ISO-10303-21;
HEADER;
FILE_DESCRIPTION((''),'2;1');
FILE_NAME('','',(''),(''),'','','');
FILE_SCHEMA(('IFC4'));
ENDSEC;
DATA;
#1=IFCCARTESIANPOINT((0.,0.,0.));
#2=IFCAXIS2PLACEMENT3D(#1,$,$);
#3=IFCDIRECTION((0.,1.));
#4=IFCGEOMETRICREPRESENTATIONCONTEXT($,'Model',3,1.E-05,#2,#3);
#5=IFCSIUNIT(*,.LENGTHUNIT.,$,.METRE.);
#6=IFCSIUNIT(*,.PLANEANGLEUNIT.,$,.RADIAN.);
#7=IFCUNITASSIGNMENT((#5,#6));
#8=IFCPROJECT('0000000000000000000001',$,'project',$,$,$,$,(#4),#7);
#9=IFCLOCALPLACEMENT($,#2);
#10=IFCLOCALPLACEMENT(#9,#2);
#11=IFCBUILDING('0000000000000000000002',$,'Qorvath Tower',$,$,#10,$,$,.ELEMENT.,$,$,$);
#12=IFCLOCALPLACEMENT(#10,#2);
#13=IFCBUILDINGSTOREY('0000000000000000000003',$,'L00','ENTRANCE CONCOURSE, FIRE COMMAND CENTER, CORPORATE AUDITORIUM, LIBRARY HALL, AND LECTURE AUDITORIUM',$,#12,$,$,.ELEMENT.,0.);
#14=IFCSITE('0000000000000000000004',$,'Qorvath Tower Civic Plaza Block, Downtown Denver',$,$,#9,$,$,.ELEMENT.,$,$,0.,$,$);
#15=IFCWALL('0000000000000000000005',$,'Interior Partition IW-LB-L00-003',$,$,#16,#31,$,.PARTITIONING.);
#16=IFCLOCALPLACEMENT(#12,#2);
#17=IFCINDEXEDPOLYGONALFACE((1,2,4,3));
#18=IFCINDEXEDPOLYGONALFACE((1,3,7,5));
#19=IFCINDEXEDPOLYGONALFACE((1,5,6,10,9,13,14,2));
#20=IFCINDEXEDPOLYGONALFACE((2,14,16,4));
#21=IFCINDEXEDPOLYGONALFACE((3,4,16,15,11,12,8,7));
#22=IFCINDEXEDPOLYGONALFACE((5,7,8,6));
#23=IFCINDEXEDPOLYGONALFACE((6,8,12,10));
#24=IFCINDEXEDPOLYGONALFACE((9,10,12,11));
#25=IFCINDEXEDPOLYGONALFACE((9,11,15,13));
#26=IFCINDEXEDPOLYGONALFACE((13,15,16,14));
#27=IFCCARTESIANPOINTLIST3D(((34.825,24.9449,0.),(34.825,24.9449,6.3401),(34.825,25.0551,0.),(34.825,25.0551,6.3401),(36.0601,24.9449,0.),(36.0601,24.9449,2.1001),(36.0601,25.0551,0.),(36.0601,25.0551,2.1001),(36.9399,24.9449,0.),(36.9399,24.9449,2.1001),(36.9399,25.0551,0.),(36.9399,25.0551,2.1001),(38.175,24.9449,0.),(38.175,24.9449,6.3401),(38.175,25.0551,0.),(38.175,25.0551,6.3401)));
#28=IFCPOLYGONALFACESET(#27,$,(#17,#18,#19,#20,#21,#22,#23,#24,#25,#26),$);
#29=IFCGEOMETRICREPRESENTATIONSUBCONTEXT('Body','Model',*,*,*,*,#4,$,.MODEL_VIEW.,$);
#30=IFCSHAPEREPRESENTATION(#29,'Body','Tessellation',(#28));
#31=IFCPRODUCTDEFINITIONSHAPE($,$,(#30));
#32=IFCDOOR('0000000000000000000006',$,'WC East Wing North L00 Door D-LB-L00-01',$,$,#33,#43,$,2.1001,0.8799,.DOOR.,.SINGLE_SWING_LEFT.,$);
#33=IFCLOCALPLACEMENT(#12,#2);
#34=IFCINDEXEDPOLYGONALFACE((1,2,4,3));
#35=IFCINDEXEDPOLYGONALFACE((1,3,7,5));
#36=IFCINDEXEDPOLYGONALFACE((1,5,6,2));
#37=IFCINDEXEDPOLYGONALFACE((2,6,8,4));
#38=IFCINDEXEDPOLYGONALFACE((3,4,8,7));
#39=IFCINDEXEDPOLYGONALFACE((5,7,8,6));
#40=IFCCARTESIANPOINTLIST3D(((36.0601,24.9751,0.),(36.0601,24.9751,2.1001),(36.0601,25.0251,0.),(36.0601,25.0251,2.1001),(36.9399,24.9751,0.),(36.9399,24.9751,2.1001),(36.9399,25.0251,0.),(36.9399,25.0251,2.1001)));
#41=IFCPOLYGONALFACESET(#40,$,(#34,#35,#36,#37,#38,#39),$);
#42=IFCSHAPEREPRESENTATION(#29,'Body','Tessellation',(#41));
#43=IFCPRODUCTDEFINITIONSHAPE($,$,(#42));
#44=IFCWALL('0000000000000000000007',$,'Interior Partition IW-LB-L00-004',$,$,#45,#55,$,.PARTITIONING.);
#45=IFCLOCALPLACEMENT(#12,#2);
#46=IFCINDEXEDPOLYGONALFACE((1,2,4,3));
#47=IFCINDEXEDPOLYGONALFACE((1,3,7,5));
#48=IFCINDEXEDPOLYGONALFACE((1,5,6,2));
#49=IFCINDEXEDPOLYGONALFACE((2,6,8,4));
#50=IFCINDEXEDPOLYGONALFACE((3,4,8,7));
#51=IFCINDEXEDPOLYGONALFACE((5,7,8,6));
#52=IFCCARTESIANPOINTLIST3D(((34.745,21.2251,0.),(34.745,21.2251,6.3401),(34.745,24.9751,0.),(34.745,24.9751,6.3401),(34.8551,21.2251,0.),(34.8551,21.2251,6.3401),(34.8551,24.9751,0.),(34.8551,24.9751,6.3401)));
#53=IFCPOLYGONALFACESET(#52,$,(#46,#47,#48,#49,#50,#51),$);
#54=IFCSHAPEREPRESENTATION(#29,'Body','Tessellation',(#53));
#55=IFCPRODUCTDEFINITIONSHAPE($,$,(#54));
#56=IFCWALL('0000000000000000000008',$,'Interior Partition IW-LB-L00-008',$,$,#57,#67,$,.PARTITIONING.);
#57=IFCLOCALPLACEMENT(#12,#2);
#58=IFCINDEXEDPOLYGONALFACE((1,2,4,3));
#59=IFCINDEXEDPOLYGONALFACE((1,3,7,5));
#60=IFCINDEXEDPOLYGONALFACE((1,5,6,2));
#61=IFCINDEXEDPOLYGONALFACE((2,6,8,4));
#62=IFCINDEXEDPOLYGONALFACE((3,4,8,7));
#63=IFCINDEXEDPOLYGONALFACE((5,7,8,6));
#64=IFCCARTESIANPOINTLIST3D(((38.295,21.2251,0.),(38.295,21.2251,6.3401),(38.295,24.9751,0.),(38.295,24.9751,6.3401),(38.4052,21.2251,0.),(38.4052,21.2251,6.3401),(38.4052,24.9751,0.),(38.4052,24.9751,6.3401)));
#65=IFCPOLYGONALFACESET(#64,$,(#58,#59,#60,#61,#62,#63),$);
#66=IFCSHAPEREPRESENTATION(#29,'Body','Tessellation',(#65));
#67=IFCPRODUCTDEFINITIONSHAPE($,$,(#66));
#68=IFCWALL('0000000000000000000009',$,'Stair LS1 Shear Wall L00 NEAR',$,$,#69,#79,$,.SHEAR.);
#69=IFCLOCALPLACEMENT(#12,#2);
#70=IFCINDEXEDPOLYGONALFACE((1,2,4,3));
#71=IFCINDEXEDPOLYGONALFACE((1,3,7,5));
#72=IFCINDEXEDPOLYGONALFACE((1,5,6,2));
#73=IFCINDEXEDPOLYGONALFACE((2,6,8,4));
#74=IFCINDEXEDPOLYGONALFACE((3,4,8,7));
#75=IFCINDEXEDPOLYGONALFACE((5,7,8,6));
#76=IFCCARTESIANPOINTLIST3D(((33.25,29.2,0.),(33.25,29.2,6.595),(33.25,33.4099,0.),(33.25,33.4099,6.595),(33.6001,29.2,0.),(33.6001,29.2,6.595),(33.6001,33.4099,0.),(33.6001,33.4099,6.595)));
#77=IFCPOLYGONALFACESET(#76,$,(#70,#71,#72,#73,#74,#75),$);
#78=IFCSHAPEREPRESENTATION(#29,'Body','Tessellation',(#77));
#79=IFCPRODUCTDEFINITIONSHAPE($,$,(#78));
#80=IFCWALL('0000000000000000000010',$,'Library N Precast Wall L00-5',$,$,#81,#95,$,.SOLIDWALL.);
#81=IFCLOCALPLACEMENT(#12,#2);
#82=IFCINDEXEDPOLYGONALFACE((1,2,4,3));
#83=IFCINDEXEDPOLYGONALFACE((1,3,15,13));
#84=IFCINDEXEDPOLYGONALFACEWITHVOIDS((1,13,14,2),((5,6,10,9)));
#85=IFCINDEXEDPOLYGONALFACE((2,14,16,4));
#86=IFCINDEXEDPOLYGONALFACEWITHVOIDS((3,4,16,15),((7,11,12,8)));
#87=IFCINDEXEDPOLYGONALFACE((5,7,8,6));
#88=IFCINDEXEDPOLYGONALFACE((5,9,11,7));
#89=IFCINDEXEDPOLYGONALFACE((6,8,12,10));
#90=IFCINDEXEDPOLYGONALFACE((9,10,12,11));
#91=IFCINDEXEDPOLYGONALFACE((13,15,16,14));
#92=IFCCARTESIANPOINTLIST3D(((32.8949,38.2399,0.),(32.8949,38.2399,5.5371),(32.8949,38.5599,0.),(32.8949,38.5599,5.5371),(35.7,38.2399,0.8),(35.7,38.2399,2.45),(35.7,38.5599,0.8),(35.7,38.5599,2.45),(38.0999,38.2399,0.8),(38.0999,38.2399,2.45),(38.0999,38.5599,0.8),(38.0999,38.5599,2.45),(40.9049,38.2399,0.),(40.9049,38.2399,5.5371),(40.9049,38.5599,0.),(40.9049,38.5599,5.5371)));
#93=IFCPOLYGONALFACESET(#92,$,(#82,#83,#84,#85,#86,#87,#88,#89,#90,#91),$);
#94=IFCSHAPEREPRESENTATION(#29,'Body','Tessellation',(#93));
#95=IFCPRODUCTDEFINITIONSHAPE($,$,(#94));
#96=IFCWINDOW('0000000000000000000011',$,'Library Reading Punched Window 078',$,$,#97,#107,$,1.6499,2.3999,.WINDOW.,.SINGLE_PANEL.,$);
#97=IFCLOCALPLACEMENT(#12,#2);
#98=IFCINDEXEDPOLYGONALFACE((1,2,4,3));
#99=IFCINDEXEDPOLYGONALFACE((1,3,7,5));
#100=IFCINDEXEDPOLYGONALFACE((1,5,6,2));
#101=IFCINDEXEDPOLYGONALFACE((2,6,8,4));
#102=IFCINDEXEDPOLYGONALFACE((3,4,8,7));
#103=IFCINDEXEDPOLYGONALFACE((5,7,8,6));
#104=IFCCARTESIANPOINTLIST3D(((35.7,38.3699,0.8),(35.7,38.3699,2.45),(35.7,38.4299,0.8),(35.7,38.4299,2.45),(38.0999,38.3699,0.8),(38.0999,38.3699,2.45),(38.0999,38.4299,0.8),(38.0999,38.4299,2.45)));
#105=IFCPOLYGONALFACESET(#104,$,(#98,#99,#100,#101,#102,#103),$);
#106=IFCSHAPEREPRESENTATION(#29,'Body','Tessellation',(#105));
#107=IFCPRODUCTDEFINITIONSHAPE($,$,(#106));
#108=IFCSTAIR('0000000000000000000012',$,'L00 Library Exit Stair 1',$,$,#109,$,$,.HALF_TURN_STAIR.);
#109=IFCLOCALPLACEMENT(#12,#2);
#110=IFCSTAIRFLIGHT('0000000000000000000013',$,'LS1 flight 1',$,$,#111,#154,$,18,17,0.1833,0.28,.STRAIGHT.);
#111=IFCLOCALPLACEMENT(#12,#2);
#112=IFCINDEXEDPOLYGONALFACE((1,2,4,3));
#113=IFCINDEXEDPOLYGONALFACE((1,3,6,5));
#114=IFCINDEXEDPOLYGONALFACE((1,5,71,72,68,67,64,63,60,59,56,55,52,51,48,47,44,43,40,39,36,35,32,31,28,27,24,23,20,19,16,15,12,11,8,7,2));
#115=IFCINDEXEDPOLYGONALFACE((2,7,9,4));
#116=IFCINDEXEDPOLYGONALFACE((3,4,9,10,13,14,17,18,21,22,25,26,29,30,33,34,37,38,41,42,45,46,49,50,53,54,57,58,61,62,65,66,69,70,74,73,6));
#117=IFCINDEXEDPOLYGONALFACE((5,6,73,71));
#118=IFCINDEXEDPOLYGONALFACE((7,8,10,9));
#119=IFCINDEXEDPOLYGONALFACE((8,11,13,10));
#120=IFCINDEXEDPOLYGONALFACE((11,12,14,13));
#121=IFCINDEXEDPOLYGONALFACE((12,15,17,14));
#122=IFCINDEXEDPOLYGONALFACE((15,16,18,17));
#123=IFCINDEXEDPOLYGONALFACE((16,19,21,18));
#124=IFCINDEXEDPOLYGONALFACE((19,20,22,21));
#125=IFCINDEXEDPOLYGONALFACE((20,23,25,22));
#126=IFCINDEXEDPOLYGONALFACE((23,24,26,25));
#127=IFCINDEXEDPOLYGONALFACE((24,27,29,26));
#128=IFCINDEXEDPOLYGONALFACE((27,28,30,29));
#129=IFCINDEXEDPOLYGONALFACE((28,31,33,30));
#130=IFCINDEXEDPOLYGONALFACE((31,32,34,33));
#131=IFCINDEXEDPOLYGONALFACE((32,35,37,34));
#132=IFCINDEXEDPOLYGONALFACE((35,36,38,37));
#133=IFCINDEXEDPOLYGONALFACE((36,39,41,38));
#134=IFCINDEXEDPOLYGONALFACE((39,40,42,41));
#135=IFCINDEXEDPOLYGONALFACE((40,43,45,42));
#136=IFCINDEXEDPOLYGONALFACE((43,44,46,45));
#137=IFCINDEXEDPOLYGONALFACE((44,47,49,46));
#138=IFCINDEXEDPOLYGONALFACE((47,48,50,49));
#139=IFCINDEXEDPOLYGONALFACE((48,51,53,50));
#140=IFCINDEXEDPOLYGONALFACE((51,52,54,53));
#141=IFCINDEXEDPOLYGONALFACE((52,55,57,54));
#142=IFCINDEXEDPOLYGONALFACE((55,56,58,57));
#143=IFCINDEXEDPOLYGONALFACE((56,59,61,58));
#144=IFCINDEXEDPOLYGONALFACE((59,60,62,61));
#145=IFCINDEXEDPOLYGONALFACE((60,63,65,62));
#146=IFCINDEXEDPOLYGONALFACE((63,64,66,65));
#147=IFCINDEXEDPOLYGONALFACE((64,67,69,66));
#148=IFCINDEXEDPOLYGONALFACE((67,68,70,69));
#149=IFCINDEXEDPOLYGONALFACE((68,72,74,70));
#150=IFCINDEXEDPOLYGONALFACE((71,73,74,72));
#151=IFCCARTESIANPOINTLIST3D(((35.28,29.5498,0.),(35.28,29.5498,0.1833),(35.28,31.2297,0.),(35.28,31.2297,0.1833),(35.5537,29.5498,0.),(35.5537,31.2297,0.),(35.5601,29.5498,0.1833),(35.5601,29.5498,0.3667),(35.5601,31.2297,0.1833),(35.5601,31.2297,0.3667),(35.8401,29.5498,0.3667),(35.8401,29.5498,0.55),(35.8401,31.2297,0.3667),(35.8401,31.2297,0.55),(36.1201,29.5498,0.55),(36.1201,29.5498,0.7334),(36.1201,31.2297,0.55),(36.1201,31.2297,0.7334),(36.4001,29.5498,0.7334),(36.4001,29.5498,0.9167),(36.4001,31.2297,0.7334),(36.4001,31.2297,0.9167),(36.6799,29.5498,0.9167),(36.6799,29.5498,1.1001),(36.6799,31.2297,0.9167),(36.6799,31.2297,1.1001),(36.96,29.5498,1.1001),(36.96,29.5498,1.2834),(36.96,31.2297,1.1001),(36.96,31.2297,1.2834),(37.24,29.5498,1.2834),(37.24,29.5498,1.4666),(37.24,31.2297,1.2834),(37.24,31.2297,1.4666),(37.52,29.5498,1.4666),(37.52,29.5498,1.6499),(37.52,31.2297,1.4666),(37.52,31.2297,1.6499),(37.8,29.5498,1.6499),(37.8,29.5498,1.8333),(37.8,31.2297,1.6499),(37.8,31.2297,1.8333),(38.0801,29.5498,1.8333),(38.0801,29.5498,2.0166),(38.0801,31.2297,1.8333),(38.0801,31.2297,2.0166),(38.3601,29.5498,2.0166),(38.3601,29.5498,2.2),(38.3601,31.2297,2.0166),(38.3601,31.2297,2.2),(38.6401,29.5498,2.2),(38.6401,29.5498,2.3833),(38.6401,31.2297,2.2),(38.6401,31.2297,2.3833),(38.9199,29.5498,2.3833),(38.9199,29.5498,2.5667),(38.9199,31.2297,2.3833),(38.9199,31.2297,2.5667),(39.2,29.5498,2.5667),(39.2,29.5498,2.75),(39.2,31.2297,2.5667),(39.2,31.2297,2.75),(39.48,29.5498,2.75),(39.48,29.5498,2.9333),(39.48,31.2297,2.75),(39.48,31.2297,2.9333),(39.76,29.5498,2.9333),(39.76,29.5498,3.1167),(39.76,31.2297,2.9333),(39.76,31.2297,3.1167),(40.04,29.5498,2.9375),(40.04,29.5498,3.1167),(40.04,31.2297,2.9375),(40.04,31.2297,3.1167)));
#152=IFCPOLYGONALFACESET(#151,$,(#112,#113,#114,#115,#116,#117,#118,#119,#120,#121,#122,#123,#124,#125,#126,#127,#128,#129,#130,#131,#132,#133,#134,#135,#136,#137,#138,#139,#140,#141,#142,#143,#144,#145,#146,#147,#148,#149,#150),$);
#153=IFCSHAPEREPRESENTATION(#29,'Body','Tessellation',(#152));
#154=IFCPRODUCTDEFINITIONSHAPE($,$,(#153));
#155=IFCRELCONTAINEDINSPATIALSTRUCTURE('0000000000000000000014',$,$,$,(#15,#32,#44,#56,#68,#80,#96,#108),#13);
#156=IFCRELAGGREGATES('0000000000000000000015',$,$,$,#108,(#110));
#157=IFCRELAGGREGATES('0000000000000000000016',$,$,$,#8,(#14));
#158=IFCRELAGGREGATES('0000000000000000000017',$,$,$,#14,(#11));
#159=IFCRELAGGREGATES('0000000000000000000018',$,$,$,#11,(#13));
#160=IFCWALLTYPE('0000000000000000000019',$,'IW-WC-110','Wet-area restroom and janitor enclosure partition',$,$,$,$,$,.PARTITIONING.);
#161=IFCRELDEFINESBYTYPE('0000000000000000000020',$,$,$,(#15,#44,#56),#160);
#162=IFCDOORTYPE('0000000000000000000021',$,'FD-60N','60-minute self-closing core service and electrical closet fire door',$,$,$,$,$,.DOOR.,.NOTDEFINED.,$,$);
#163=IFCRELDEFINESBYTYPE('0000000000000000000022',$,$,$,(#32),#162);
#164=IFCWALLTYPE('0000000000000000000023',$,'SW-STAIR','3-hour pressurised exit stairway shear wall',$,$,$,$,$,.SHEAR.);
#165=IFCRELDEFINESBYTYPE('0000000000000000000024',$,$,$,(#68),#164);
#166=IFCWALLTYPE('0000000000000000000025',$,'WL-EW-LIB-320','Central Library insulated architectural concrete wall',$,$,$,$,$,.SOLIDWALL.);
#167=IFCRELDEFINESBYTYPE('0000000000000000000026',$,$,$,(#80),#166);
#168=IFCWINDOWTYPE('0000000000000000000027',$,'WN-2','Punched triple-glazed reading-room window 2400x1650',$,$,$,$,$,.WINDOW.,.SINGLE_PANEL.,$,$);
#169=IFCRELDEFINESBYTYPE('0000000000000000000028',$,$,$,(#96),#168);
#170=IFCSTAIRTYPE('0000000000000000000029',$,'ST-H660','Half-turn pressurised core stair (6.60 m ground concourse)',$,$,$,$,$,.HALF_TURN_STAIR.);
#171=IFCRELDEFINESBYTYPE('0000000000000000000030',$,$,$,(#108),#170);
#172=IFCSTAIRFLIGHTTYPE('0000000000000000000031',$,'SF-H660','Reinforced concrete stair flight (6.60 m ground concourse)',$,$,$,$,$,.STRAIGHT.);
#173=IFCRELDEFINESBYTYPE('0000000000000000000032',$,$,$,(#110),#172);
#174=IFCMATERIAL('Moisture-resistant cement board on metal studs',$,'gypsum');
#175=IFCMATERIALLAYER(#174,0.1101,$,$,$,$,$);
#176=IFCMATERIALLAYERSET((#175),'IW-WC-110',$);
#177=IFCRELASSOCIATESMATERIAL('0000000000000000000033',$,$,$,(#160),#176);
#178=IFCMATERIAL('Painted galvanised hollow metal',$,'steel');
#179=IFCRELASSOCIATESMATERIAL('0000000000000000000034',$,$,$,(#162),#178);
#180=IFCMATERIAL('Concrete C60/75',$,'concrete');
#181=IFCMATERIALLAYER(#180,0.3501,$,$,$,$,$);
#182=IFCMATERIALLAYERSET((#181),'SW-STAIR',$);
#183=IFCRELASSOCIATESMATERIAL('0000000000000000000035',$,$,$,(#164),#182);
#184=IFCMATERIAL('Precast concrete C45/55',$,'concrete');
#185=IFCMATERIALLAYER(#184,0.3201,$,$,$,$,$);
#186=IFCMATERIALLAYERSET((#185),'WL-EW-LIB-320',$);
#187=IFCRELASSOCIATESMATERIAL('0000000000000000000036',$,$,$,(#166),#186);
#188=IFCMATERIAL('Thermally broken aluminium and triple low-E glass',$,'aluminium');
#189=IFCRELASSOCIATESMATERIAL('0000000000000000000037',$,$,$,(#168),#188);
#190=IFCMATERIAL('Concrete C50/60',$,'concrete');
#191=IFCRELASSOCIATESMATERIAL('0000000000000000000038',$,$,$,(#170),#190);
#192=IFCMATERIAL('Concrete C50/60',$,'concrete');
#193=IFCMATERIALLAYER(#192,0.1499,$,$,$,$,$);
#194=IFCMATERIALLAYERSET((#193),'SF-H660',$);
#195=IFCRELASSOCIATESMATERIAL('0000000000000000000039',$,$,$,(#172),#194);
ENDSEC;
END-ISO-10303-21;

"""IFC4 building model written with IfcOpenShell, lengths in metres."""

from ifc_helpers import new_model, si_unit, direction, frame, frame_2d, origin, place, context, subcontext, project, spatial, polyline, rectangle, outline, extrude, material, layer, layer_set, type_object, element, fill, aggregate, save


model = new_model("IFC4")

# Units and contexts
model_context = context("Model", 3, precision=1e-05, world=origin(), true_north=direction((0.0, 1.0)))
body_context = subcontext(model_context, "Body", "Model", "MODEL_VIEW")
ifc_project = project(units=[si_unit("LENGTHUNIT", "METRE"), si_unit("PLANEANGLEUNIT", "RADIAN")], contexts=[model_context])

# Site, building, storey
site_placement = place(None, origin())
site = spatial("IfcSite", under=ifc_project, at=site_placement, Name="Qorvath Tower Civic Plaza Block, Downtown Denver", CompositionType="ELEMENT", RefElevation=0.0)
building_placement = place(site_placement, origin())
building = spatial("IfcBuilding", under=site, at=building_placement, Name="Qorvath Tower", CompositionType="ELEMENT")
storey_placement = place(building_placement, origin())
storey = spatial("IfcBuildingStorey", under=building, at=storey_placement, Name="L00", Description="ENTRANCE CONCOURSE, FIRE COMMAND CENTER, CORPORATE AUDITORIUM, LIBRARY HALL, AND LECTURE AUDITORIUM", CompositionType="ELEMENT", Elevation=0.0)

# Wall, opening, door
ifc_material_1 = material(Name="Moisture-resistant cement board on metal studs", Category="gypsum")
ifc_layer_1 = layer(ifc_material_1, 0.1101)
ifc_layer_set_1 = layer_set([ifc_layer_1], Name="IW-WC-110")
wall_type_1 = type_object("IfcWallType", Name="IW-WC-110", Description="Wet-area restroom and janitor enclosure partition", PredefinedType="PARTITIONING", material=ifc_layer_set_1)
wall_1_placement = place(storey_placement, frame((38.175, 25.0, 0.0), z_axis=(0.0, 0.0, 1.0), x_axis=(-1.0, 0.0, 0.0)))
wall_1 = element("IfcWall", 1, at=wall_1_placement, inside=storey, type_object=wall_type_1, Name="Interior Partition IW-LB-L00-003", PredefinedType="PARTITIONING", context=body_context, shape_type="SweptSolid", body=[
    extrude(rectangle(XDim=3.3501, YDim=0.1101, at=frame_2d((1.675, 0.0))), origin(), (0.0, 0.0, 1.0), 6.3401),
])
opening_1_placement = place(wall_1_placement, frame((1.2351, 0.0, 0.0)))
opening_1 = element("IfcOpeningElement", 2, at=opening_1_placement, cuts=wall_1, PredefinedType="OPENING", context=body_context, shape_type="SweptSolid", body=[
    extrude(rectangle(XDim=0.8799, YDim=2.1001, at=frame_2d((0.4399, 1.05))), frame((0.0, 0.0649, 0.0), z_axis=(0.0, -1.0, 0.0), x_axis=(1.0, 0.0, 0.0)), (0.0, 0.0, 1.0), 0.1301),
])
ifc_material_2 = material(Name="Painted galvanised hollow metal", Category="steel")
door_type = type_object("IfcDoorType", Name="FD-60N", Description="60-minute self-closing core service and electrical closet fire door", OperationType="NOTDEFINED", PredefinedType="DOOR", material=ifc_material_2)
door_placement = place(opening_1_placement, origin())
door = element("IfcDoor", 3, at=door_placement, inside=storey, type_object=door_type, Name="WC East Wing North L00 Door D-LB-L00-01", OperationType="SINGLE_SWING_LEFT", OverallHeight=2.1001, OverallWidth=0.8799, PredefinedType="DOOR", context=body_context, shape_type="SweptSolid", body=[
    extrude(rectangle(XDim=0.8799, YDim=2.1001, at=frame_2d((0.4399, 1.05))), frame((0.0, 0.0249, 0.0), z_axis=(0.0, -1.0, 0.0), x_axis=(1.0, 0.0, 0.0)), (0.0, 0.0, 1.0), 0.05),
])
fill(opening_1, door)

# Walls
for number, where, z_axis, x_axis, name in (
    (4, (34.8, 24.9751, 0.0), (0.0, 0.0, 1.0), (0.0, -1.0, 0.0), "Interior Partition IW-LB-L00-004"),
    (5, (38.3501, 24.9751, 0.0), (0.0, 0.0, 1.0), (0.0, -1.0, 0.0), "Interior Partition IW-LB-L00-008"),
):
    element("IfcWall", number, at=place(storey_placement, frame(where, z_axis=z_axis, x_axis=x_axis)), inside=storey, type_object=wall_type_1, Name=name, PredefinedType="PARTITIONING", context=body_context, shape_type="SweptSolid", body=[
        extrude(rectangle(XDim=3.75, YDim=0.1101, at=frame_2d((1.875, 0.0))), origin(), (0.0, 0.0, 1.0), 6.3401),
    ])
ifc_material_3 = material(Name="Concrete C60/75", Category="concrete")
ifc_layer_2 = layer(ifc_material_3, 0.3501)
ifc_layer_set_2 = layer_set([ifc_layer_2], Name="SW-STAIR")
wall_type_2 = type_object("IfcWallType", Name="SW-STAIR", Description="3-hour pressurised exit stairway shear wall", PredefinedType="SHEAR", material=ifc_layer_set_2)
wall_2_placement = place(storey_placement, frame((33.425, 33.4099, 0.0), z_axis=(0.0, 0.0, 1.0), x_axis=(0.0, -1.0, 0.0)))
element("IfcWall", 6, at=wall_2_placement, inside=storey, type_object=wall_type_2, Name="Stair LS1 Shear Wall L00 NEAR", PredefinedType="SHEAR", context=body_context, shape_type="SweptSolid", body=[
    extrude(rectangle(XDim=4.21, YDim=0.3501, at=frame_2d((2.105, 0.0))), origin(), (0.0, 0.0, 1.0), 6.595),
])

# Wall, opening, window
ifc_material_4 = material(Name="Precast concrete C45/55", Category="concrete")
ifc_layer_3 = layer(ifc_material_4, 0.3201)
ifc_layer_set_3 = layer_set([ifc_layer_3], Name="WL-EW-LIB-320")
wall_type_3 = type_object("IfcWallType", Name="WL-EW-LIB-320", Description="Central Library insulated architectural concrete wall", PredefinedType="SOLIDWALL", material=ifc_layer_set_3)
wall_3_placement = place(storey_placement, frame((32.895, 38.3999, 0.0), z_axis=(0.0, 0.0, 1.0), x_axis=(1.0, 0.0, 0.0)))
wall_3 = element("IfcWall", 7, at=wall_3_placement, inside=storey, type_object=wall_type_3, Name="Library N Precast Wall L00-5", PredefinedType="SOLIDWALL", context=body_context, shape_type="SweptSolid", body=[
    extrude(rectangle(XDim=8.01, YDim=0.3201, at=frame_2d((4.0049, 0.0))), origin(), (0.0, 0.0, 1.0), 5.5371),
])
opening_2_placement = place(wall_3_placement, frame((2.8049, 0.0, 0.8)))
opening_2 = element("IfcOpeningElement", 8, at=opening_2_placement, cuts=wall_3, PredefinedType="OPENING", context=body_context, shape_type="SweptSolid", body=[
    extrude(rectangle(XDim=2.3999, YDim=1.6499, at=frame_2d((1.2, 0.825))), frame((0.0, 0.1699, 0.0), z_axis=(0.0, -1.0, 0.0), x_axis=(1.0, 0.0, 0.0)), (0.0, 0.0, 1.0), 0.3401),
])
ifc_material_5 = material(Name="Thermally broken aluminium and triple low-E glass", Category="aluminium")
window_type = type_object("IfcWindowType", Name="WN-2", Description="Punched triple-glazed reading-room window 2400x1650", PartitioningType="SINGLE_PANEL", PredefinedType="WINDOW", material=ifc_material_5)
window_placement = place(opening_2_placement, origin())
window = element("IfcWindow", 9, at=window_placement, inside=storey, type_object=window_type, Name="Library Reading Punched Window 078", OverallHeight=1.6499, OverallWidth=2.3999, PartitioningType="SINGLE_PANEL", PredefinedType="WINDOW", context=body_context, shape_type="SweptSolid", body=[
    extrude(rectangle(XDim=2.3999, YDim=1.6499, at=frame_2d((1.2, 0.825))), frame((0.0, 0.03, 0.0), z_axis=(0.0, -1.0, 0.0), x_axis=(1.0, 0.0, 0.0)), (0.0, 0.0, 1.0), 0.0601),
])
fill(opening_2, window)

# Stair, stair flight
ifc_material_6 = material(Name="Concrete C50/60", Category="concrete")
stair_type = type_object("IfcStairType", Name="ST-H660", Description="Half-turn pressurised core stair (6.60 m ground concourse)", PredefinedType="HALF_TURN_STAIR", material=ifc_material_6)
stair_placement = place(storey_placement, origin())
stair = element("IfcStair", 10, at=stair_placement, inside=storey, type_object=stair_type, Name="L00 Library Exit Stair 1", PredefinedType="HALF_TURN_STAIR")
ifc_material_7 = material(Name="Concrete C50/60", Category="concrete")
ifc_layer_4 = layer(ifc_material_7, 0.1499)
ifc_layer_set_4 = layer_set([ifc_layer_4], Name="SF-H660")
stair_flight_type = type_object("IfcStairFlightType", Name="SF-H660", Description="Reinforced concrete stair flight (6.60 m ground concourse)", PredefinedType="STRAIGHT", material=ifc_layer_set_4)
stair_flight_1_placement = place(storey_placement, frame((35.28, 30.3899, 0.0), z_axis=(0.0, 0.0, 1.0), x_axis=(1.0, 0.0, 0.0)))
stair_flight_1 = element("IfcStairFlight", 11, at=stair_flight_1_placement, type_object=stair_flight_type, Name="LS1 flight 1", NumberOfRisers=18, NumberOfTreads=17, PredefinedType="STRAIGHT", RiserHeight=0.1833, TreadLength=0.28, context=body_context, shape_type="SweptSolid", body=[
    extrude(outline(polyline([(0.0, 0.0), (0.0, 0.1833), (0.28, 0.1833), (0.28, 0.3667), (0.5601, 0.3667), (0.5601, 0.55), (0.8401, 0.55), (0.8401, 0.7334), (1.1201, 0.7334), (1.1201, 0.9167), (1.3999, 0.9167), (1.3999, 1.1001), (1.6799, 1.1001), (1.6799, 1.2834), (1.96, 1.2834), (1.96, 1.4666), (2.24, 1.4666), (2.24, 1.6499), (2.52, 1.6499), (2.52, 1.8333), (2.8, 1.8333), (2.8, 2.0166), (3.0801, 2.0166), (3.0801, 2.2), (3.3601, 2.2), (3.3601, 2.3833), (3.6399, 2.3833), (3.6399, 2.5667), (3.9199, 2.5667), (3.9199, 2.75), (4.2, 2.75), (4.2, 2.9333), (4.48, 2.9333), (4.48, 3.1167), (4.76, 3.1167), (4.76, 3.3), (4.76, 2.9375), (0.2737, 0.0), (0.0, 0.0)])), frame((0.0, 0.8398, 0.0), z_axis=(0.0, -1.0, 0.0), x_axis=(1.0, 0.0, 0.0)), (0.0, 0.0, 1.0), 1.6799),
])
aggregate(stair, [stair_flight_1])

save(model, "model.ifc")
